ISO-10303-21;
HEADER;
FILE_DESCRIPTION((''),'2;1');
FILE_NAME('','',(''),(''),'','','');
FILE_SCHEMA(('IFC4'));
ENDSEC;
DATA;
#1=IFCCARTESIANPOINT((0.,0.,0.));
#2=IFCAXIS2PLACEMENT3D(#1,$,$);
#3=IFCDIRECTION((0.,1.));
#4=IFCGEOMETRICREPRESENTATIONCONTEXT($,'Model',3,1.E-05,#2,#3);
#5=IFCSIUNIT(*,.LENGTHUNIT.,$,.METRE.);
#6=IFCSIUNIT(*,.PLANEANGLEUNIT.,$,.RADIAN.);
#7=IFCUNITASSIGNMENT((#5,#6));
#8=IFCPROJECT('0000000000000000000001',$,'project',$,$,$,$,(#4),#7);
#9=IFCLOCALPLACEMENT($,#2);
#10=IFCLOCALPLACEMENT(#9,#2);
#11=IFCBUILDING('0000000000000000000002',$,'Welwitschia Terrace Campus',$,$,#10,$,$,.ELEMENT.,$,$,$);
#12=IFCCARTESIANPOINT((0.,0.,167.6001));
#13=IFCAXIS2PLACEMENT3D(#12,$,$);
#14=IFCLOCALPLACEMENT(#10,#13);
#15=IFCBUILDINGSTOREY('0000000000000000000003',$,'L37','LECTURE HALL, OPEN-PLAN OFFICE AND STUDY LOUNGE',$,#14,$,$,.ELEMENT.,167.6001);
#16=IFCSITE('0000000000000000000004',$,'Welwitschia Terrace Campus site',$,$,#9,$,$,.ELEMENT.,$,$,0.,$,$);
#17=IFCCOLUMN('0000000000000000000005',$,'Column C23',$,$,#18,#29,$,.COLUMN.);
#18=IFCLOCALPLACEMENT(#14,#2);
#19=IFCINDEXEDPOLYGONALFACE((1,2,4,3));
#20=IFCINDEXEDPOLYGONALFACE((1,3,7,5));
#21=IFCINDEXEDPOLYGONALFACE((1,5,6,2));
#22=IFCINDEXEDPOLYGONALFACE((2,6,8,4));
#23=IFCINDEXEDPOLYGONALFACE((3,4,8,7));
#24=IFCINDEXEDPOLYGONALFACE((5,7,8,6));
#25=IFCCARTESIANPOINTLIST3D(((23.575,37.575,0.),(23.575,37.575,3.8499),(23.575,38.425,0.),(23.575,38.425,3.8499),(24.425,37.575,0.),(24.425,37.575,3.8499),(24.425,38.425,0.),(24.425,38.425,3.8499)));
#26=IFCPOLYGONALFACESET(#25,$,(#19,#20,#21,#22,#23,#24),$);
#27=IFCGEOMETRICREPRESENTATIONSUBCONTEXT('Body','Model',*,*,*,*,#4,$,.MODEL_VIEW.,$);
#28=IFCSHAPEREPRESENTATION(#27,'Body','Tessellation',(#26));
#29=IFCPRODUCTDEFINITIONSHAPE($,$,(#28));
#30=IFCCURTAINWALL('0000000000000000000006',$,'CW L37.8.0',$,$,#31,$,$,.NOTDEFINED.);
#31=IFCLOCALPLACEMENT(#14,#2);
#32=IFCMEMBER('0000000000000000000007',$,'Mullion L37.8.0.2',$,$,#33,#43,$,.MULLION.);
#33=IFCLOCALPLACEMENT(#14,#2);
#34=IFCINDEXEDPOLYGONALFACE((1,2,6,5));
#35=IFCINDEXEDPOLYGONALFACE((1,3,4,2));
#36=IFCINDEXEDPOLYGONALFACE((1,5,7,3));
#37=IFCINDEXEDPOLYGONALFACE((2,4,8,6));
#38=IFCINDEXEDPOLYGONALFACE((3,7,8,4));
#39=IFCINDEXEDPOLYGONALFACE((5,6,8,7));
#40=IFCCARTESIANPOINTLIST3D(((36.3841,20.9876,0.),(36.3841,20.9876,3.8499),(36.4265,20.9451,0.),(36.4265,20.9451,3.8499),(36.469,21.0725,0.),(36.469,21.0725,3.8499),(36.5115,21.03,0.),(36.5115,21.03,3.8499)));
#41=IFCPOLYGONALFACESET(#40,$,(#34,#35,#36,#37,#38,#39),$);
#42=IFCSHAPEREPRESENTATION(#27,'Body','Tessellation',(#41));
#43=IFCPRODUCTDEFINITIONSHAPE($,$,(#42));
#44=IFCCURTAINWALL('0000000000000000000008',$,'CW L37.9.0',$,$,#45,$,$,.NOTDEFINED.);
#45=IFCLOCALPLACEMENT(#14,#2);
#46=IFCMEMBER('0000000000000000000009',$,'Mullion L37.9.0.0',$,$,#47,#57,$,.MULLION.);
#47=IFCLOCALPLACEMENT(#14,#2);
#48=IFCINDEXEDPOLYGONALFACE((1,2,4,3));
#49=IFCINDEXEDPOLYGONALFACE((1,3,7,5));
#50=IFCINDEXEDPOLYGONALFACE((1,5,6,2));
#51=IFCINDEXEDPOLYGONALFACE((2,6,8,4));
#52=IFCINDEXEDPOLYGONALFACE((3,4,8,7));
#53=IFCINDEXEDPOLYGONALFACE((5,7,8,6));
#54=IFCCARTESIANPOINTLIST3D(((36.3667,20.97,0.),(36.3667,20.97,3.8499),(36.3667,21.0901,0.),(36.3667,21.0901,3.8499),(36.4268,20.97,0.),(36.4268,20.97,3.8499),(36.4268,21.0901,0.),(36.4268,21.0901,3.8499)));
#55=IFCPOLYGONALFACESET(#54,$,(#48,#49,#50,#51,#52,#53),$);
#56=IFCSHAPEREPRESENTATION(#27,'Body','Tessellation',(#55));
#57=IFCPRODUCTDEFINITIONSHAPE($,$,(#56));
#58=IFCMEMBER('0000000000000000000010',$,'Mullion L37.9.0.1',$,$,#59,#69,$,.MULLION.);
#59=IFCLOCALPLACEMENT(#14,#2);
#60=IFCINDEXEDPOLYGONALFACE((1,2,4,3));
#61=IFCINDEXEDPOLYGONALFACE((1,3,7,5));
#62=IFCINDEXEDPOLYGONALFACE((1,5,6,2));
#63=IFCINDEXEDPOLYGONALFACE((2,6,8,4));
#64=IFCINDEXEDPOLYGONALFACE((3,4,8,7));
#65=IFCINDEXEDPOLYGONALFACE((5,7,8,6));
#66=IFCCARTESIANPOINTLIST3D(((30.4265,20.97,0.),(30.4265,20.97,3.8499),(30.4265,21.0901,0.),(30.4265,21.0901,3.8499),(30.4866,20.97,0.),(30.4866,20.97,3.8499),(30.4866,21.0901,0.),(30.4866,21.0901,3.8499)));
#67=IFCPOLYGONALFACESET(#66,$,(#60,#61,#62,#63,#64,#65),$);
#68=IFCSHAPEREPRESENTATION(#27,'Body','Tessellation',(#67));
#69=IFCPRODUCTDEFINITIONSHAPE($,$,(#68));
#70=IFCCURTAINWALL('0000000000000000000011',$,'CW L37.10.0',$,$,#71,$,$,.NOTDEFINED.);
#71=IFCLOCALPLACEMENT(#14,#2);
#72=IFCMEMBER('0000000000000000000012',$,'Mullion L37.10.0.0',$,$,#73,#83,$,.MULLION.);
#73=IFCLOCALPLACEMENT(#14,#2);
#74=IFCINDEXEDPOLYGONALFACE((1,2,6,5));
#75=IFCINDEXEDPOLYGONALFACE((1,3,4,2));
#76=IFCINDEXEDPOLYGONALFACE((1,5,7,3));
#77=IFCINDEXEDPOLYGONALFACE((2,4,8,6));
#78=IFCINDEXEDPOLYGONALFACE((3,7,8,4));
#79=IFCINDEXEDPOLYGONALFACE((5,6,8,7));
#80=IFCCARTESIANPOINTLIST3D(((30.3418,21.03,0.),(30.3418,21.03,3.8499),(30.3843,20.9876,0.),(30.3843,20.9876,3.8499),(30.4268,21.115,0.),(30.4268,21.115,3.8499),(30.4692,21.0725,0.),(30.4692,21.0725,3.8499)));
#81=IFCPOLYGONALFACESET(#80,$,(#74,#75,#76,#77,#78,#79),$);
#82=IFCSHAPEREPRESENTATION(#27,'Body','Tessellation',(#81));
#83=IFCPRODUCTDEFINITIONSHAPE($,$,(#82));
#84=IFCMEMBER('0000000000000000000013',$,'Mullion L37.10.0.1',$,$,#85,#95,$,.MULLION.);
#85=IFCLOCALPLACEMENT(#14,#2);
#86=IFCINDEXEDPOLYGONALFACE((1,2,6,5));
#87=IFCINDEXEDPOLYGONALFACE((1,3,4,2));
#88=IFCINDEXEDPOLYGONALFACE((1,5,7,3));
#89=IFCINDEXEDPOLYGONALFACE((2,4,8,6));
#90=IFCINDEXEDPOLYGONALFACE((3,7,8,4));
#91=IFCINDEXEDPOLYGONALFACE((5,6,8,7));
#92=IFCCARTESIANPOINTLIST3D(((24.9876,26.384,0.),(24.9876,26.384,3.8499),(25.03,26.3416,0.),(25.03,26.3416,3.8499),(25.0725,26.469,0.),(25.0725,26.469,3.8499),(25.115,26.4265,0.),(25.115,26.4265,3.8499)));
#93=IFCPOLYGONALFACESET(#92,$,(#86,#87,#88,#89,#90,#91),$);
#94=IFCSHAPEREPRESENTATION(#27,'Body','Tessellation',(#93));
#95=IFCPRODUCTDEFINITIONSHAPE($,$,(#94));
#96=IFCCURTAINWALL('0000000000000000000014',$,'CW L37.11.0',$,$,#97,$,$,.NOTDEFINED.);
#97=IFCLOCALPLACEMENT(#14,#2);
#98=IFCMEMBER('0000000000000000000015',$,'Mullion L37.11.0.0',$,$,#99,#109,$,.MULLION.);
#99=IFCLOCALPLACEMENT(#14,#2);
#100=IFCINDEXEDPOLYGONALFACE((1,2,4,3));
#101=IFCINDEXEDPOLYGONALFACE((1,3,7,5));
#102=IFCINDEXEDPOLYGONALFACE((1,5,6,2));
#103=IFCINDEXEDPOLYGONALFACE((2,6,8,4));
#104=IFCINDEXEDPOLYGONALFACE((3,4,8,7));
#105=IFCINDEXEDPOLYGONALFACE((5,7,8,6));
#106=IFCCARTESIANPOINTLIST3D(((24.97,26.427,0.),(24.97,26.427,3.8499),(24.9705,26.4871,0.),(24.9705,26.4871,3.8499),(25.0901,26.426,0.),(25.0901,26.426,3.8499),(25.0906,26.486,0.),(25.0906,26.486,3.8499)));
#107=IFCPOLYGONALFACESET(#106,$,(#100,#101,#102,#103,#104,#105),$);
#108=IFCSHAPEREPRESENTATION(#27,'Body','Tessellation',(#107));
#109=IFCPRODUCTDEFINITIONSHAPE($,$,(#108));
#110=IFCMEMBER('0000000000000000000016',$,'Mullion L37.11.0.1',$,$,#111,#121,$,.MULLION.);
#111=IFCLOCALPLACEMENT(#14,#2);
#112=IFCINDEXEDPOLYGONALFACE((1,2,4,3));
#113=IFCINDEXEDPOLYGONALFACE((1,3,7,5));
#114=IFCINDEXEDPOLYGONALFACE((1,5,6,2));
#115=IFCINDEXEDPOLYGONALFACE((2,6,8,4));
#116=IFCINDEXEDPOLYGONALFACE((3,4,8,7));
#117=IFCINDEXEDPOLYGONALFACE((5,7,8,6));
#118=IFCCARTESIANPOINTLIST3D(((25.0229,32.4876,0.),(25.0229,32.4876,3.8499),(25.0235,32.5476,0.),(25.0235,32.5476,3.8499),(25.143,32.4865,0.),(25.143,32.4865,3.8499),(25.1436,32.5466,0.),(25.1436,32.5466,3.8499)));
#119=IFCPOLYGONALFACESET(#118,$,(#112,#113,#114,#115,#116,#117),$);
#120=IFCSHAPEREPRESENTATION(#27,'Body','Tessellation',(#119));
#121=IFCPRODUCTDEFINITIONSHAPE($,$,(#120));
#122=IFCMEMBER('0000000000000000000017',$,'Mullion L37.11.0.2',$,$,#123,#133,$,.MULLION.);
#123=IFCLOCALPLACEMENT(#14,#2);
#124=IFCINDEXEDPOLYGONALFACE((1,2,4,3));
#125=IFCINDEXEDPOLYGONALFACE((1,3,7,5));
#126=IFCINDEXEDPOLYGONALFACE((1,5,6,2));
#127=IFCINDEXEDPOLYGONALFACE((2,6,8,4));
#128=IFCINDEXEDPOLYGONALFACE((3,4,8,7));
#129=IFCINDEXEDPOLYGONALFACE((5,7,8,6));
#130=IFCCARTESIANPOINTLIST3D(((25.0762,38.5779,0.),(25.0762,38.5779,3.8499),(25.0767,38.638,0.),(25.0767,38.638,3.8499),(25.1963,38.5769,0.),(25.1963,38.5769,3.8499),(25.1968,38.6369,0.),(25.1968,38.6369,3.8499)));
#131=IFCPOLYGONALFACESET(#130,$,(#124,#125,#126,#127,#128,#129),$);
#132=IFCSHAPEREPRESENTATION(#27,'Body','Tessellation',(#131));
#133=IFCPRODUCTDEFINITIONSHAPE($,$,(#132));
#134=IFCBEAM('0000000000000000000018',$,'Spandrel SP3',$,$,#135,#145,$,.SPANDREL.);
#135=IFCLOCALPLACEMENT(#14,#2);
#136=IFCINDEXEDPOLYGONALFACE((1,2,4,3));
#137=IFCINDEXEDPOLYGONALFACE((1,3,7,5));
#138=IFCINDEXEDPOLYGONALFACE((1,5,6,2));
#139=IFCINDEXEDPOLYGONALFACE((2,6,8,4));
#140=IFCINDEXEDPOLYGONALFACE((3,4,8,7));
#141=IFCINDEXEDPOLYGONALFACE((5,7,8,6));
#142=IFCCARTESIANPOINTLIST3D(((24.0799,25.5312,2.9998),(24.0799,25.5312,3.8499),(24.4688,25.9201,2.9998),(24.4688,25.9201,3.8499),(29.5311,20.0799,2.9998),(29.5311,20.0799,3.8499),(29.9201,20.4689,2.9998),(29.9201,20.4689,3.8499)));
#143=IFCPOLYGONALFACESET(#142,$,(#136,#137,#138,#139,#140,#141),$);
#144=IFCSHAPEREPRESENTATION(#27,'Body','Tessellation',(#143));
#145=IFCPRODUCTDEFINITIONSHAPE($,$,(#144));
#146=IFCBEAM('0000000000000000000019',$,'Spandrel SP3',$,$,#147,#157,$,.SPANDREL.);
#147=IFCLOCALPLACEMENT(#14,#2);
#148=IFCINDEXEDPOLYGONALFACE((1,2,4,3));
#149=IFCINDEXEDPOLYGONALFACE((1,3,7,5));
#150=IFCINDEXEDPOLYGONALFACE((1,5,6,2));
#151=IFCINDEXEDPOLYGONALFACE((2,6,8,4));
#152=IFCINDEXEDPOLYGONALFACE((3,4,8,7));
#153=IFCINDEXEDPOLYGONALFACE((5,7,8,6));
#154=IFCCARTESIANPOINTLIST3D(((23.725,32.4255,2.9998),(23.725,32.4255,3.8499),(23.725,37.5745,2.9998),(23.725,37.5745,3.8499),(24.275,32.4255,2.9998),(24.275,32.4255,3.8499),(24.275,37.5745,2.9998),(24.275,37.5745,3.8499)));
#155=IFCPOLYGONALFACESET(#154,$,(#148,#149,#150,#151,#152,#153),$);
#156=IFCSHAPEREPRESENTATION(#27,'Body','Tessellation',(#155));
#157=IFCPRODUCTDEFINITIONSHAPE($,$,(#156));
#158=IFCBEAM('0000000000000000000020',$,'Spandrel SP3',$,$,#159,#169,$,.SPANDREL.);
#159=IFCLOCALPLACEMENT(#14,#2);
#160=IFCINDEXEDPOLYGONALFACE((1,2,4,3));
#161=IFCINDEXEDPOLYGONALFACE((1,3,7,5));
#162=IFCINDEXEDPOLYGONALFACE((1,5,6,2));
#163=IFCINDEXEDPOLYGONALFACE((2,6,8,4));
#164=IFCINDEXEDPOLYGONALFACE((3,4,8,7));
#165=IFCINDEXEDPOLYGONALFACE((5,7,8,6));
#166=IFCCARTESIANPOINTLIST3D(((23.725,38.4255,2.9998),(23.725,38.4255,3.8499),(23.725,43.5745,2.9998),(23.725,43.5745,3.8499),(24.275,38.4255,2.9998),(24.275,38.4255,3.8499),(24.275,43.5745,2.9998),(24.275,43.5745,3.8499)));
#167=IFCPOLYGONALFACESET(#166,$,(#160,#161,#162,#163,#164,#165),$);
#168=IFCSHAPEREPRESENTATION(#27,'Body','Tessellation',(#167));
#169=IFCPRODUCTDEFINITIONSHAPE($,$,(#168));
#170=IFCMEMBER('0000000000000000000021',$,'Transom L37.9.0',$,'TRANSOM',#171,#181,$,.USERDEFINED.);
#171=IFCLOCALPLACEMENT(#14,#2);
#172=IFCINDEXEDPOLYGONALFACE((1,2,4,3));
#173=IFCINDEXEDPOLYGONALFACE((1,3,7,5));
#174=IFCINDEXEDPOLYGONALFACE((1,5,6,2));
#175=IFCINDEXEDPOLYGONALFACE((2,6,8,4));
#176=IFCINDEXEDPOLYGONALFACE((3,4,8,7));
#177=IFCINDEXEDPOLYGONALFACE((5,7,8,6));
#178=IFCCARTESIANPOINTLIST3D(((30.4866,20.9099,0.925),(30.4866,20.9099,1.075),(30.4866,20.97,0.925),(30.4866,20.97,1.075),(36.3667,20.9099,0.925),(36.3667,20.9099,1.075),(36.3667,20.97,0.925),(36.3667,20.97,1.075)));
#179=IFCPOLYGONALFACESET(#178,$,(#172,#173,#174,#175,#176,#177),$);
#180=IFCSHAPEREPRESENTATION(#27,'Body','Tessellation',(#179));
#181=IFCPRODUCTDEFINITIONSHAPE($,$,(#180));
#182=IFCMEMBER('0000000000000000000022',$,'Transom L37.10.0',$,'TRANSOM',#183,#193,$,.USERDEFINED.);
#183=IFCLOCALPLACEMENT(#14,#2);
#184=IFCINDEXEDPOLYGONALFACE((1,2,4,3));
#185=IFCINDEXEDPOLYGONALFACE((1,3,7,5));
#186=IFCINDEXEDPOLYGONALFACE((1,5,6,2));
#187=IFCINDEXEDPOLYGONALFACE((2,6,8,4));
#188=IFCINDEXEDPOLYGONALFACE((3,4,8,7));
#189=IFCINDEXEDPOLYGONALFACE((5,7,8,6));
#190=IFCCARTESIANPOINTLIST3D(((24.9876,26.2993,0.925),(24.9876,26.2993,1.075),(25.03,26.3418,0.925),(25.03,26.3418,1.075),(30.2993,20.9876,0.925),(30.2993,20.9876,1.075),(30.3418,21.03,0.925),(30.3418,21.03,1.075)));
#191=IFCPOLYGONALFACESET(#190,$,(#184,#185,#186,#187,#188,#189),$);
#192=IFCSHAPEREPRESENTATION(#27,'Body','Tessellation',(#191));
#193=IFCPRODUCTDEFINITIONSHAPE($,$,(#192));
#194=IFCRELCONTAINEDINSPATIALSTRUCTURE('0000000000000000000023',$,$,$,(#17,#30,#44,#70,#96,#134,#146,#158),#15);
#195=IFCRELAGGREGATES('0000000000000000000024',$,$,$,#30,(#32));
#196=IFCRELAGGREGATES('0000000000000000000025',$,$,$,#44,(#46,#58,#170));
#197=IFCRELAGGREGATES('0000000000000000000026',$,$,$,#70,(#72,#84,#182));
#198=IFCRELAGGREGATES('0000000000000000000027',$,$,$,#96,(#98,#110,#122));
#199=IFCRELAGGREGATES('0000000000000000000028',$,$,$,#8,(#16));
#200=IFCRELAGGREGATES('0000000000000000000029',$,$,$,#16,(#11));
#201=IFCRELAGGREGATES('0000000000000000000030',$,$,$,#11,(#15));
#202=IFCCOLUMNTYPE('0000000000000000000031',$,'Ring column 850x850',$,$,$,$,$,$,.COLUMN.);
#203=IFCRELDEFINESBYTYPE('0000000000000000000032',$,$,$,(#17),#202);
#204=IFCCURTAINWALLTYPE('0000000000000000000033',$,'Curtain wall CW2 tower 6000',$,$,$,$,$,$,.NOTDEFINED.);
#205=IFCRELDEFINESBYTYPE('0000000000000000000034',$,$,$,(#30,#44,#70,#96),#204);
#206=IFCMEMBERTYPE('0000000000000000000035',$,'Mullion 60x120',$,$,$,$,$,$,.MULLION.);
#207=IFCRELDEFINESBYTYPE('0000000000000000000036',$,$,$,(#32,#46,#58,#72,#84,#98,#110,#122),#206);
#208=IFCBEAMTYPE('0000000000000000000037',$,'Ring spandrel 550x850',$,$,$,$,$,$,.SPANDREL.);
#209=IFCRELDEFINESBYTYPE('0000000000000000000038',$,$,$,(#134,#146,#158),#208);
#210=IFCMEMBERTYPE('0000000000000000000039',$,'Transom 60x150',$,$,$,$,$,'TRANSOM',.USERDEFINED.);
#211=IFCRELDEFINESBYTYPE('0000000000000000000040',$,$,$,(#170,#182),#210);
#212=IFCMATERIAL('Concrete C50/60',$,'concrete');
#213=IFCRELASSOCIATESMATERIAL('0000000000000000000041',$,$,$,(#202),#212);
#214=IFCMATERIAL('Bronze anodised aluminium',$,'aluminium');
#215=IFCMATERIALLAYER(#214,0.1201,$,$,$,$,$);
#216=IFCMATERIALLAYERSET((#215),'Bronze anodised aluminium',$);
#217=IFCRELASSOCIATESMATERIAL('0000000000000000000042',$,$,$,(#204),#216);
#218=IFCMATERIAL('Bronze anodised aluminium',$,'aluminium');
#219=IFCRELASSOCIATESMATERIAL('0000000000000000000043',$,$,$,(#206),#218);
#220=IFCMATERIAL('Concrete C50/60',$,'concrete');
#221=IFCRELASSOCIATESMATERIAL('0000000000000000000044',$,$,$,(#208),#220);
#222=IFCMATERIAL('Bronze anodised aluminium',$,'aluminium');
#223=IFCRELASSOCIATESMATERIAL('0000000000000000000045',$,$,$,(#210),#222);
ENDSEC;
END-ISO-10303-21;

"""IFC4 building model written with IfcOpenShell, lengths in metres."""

from ifc_helpers import new_model, si_unit, direction, frame, origin, origin_2d, place, context, subcontext, project, spatial, rectangle, extrude, material, layer, layer_set, material_profile, profile_set, type_object, element, aggregate, save


model = new_model("IFC4")

# Units and contexts
model_context = context("Model", 3, precision=1e-05, world=origin(), true_north=direction((0.0, 1.0)))
body_context = subcontext(model_context, "Body", "Model", "MODEL_VIEW")
ifc_project = project(units=[si_unit("LENGTHUNIT", "METRE"), si_unit("PLANEANGLEUNIT", "RADIAN")], contexts=[model_context])

# Site, building, storey
site_placement = place(None, origin())
site = spatial("IfcSite", under=ifc_project, at=site_placement, Name="Welwitschia Terrace Campus site", CompositionType="ELEMENT", RefElevation=0.0)
building_placement = place(site_placement, origin())
building = spatial("IfcBuilding", under=site, at=building_placement, Name="Welwitschia Terrace Campus", CompositionType="ELEMENT")
storey_placement = place(building_placement, frame((0.0, 0.0, 167.6001)))
storey = spatial("IfcBuildingStorey", under=building, at=storey_placement, Name="L37", Description="LECTURE HALL, OPEN-PLAN OFFICE AND STUDY LOUNGE", CompositionType="ELEMENT", Elevation=167.6001)

# Column
ifc_material_1 = material(Name="Concrete C50/60", Category="concrete")
ifc_material_profile_1 = material_profile(ifc_material_1, rectangle(XDim=0.8501, YDim=0.8501, at=origin_2d()))
ifc_profile_set_1 = profile_set([ifc_material_profile_1], Name="Concrete C50/60")
column_type = type_object("IfcColumnType", Name="Ring column 850x850", PredefinedType="COLUMN", material=ifc_profile_set_1)
column_placement = place(storey_placement, frame((24.0, 38.0, 0.0), z_axis=(0.0, 0.0, 1.0), x_axis=(1.0, 0.0, 0.0)))
element("IfcColumn", 1, at=column_placement, inside=storey, type_object=column_type, Name="Column C23", PredefinedType="COLUMN", context=body_context, shape_type="SweptSolid", body=[
    extrude(rectangle(XDim=0.8501, YDim=0.8501, at=origin_2d()), origin(), (0.0, 0.0, 1.0), 3.8499),
])

# Curtain wall, member
ifc_material_2 = material(Name="Bronze anodised aluminium", Category="aluminium")
ifc_layer_1 = layer(ifc_material_2, 0.1201)
ifc_layer_set_1 = layer_set([ifc_layer_1], Name="Bronze anodised aluminium")
curtain_wall_type = type_object("IfcCurtainWallType", Name="Curtain wall CW2 tower 6000", PredefinedType="NOTDEFINED", material=ifc_layer_set_1)
curtain_wall_1_placement = place(storey_placement, origin())
curtain_wall_1 = element("IfcCurtainWall", 2, at=curtain_wall_1_placement, inside=storey, type_object=curtain_wall_type, Name="CW L37.8.0", PredefinedType="NOTDEFINED")
ifc_material_3 = material(Name="Bronze anodised aluminium", Category="aluminium")
ifc_material_profile_2 = material_profile(ifc_material_3, rectangle(XDim=0.1201, YDim=0.0601, at=origin_2d()))
ifc_profile_set_2 = profile_set([ifc_material_profile_2], Name="Bronze anodised aluminium")
member_type_1 = type_object("IfcMemberType", Name="Mullion 60x120", PredefinedType="MULLION", material=ifc_profile_set_2)
member_1_placement = place(storey_placement, frame((36.4478, 21.0088, 0.0), z_axis=(0.0, 0.0, 1.0), x_axis=(-0.707107, -0.707107, 0.0)))
member_1 = element("IfcMember", 3, at=member_1_placement, type_object=member_type_1, Name="Mullion L37.8.0.2", PredefinedType="MULLION", context=body_context, shape_type="SweptSolid", body=[
    extrude(rectangle(XDim=0.1201, YDim=0.0601, at=origin_2d()), origin(), (0.0, 0.0, 1.0), 3.8499),
])
aggregate(curtain_wall_1, [member_1])

# Curtain walls, members
curtain_wall_2_placement = place(storey_placement, origin())
curtain_wall_2 = element("IfcCurtainWall", 4, at=curtain_wall_2_placement, inside=storey, type_object=curtain_wall_type, Name="CW L37.9.0", PredefinedType="NOTDEFINED")
member_2_placement = place(storey_placement, frame((36.3967, 21.03, 0.0), z_axis=(0.0, 0.0, 1.0), x_axis=(0.0, -1.0, 0.0)))
member_2 = element("IfcMember", 5, at=member_2_placement, type_object=member_type_1, Name="Mullion L37.9.0.0", PredefinedType="MULLION", context=body_context, shape_type="SweptSolid", body=[
    extrude(rectangle(XDim=0.1201, YDim=0.0601, at=origin_2d()), origin(), (0.0, 0.0, 1.0), 3.8499),
])
member_3_placement = place(storey_placement, frame((30.4565, 21.03, 0.0), z_axis=(0.0, 0.0, 1.0), x_axis=(0.0, -1.0, 0.0)))
member_3 = element("IfcMember", 6, at=member_3_placement, type_object=member_type_1, Name="Mullion L37.9.0.1", PredefinedType="MULLION", context=body_context, shape_type="SweptSolid", body=[
    extrude(rectangle(XDim=0.1201, YDim=0.0601, at=origin_2d()), origin(), (0.0, 0.0, 1.0), 3.8499),
])
curtain_wall_3_placement = place(storey_placement, origin())
curtain_wall_3 = element("IfcCurtainWall", 7, at=curtain_wall_3_placement, inside=storey, type_object=curtain_wall_type, Name="CW L37.10.0", PredefinedType="NOTDEFINED")
member_4_placement = place(storey_placement, frame((30.4055, 21.0513, 0.0), z_axis=(0.0, 0.0, 1.0), x_axis=(-0.707107, -0.707107, 0.0)))
member_4 = element("IfcMember", 8, at=member_4_placement, type_object=member_type_1, Name="Mullion L37.10.0.0", PredefinedType="MULLION", context=body_context, shape_type="SweptSolid", body=[
    extrude(rectangle(XDim=0.1201, YDim=0.0601, at=origin_2d()), origin(), (0.0, 0.0, 1.0), 3.8499),
])
member_5_placement = place(storey_placement, frame((25.0513, 26.4053, 0.0), z_axis=(0.0, 0.0, 1.0), x_axis=(-0.707107, -0.707107, 0.0)))
member_5 = element("IfcMember", 9, at=member_5_placement, type_object=member_type_1, Name="Mullion L37.10.0.1", PredefinedType="MULLION", context=body_context, shape_type="SweptSolid", body=[
    extrude(rectangle(XDim=0.1201, YDim=0.0601, at=origin_2d()), origin(), (0.0, 0.0, 1.0), 3.8499),
])
curtain_wall_4_placement = place(storey_placement, origin())
curtain_wall_4 = element("IfcCurtainWall", 10, at=curtain_wall_4_placement, inside=storey, type_object=curtain_wall_type, Name="CW L37.11.0", PredefinedType="NOTDEFINED")
member_6_placement = place(storey_placement, frame((25.0303, 26.4565, 0.0), z_axis=(0.0, 0.0, 1.0), x_axis=(-0.999962, 0.008727, 0.0)))
member_6 = element("IfcMember", 11, at=member_6_placement, type_object=member_type_1, Name="Mullion L37.11.0.0", PredefinedType="MULLION", context=body_context, shape_type="SweptSolid", body=[
    extrude(rectangle(XDim=0.1201, YDim=0.0601, at=origin_2d()), origin(), (0.0, 0.0, 1.0), 3.8499),
])
member_7_placement = place(storey_placement, frame((25.0833, 32.5171, 0.0), z_axis=(0.0, 0.0, 1.0), x_axis=(-0.999962, 0.008727, 0.0)))
member_7 = element("IfcMember", 12, at=member_7_placement, type_object=member_type_1, Name="Mullion L37.11.0.1", PredefinedType="MULLION", context=body_context, shape_type="SweptSolid", body=[
    extrude(rectangle(XDim=0.1201, YDim=0.0601, at=origin_2d()), origin(), (0.0, 0.0, 1.0), 3.8499),
])
member_8_placement = place(storey_placement, frame((25.1365, 38.6074, 0.0), z_axis=(0.0, 0.0, 1.0), x_axis=(-0.999962, 0.008727, 0.0)))
member_8 = element("IfcMember", 13, at=member_8_placement, type_object=member_type_1, Name="Mullion L37.11.0.2", PredefinedType="MULLION", context=body_context, shape_type="SweptSolid", body=[
    extrude(rectangle(XDim=0.1201, YDim=0.0601, at=origin_2d()), origin(), (0.0, 0.0, 1.0), 3.8499),
])

# Beams
ifc_material_4 = material(Name="Concrete C50/60", Category="concrete")
ifc_material_profile_3 = material_profile(ifc_material_4, rectangle(XDim=0.55, YDim=0.8501, at=origin_2d()))
ifc_profile_set_3 = profile_set([ifc_material_profile_3], Name="Concrete C50/60")
beam_type = type_object("IfcBeamType", Name="Ring spandrel 550x850", PredefinedType="SPANDREL", material=ifc_profile_set_3)
beam_placement = place(storey_placement, frame((29.7256, 20.2744, 3.4248), z_axis=(-0.707107, 0.707107, 0.0), x_axis=(-0.707107, -0.707107, 0.0)))
element("IfcBeam", 14, at=beam_placement, inside=storey, type_object=beam_type, Name="Spandrel SP3", PredefinedType="SPANDREL", context=body_context, shape_type="SweptSolid", body=[
    extrude(rectangle(XDim=0.55, YDim=0.8501, at=origin_2d()), origin(), (0.0, 0.0, 1.0), 7.7092),
])
for number, where, z_axis, x_axis, name in (
    (15, (24.0, 32.4255, 3.4248), (0.0, 1.0, 0.0), (-1.0, 0.0, 0.0), "Spandrel SP3"),
    (16, (24.0, 38.4255, 3.4248), (0.0, 1.0, 0.0), (-1.0, 0.0, 0.0), "Spandrel SP3"),
):
    element("IfcBeam", number, at=place(storey_placement, frame(where, z_axis=z_axis, x_axis=x_axis)), inside=storey, type_object=beam_type, Name=name, PredefinedType="SPANDREL", context=body_context, shape_type="SweptSolid", body=[
        extrude(rectangle(XDim=0.55, YDim=0.8501, at=origin_2d()), origin(), (0.0, 0.0, 1.0), 5.1489),
    ])

# Members
ifc_material_5 = material(Name="Bronze anodised aluminium", Category="aluminium")
ifc_material_profile_4 = material_profile(ifc_material_5, rectangle(XDim=0.0601, YDim=0.1499, at=origin_2d()))
ifc_profile_set_4 = profile_set([ifc_material_profile_4], Name="Bronze anodised aluminium")
member_type_2 = type_object("IfcMemberType", Name="Transom 60x150", ElementType="TRANSOM", PredefinedType="USERDEFINED", material=ifc_profile_set_4)
member_9_placement = place(storey_placement, frame((36.3667, 20.9399, 1.0), z_axis=(-1.0, 0.0, 0.0), x_axis=(0.0, -1.0, 0.0)))
member_9 = element("IfcMember", 17, at=member_9_placement, type_object=member_type_2, Name="Transom L37.9.0", ObjectType="TRANSOM", PredefinedType="USERDEFINED", context=body_context, shape_type="SweptSolid", body=[
    extrude(rectangle(XDim=0.0601, YDim=0.1499, at=origin_2d()), origin(), (0.0, 0.0, 1.0), 5.8801),
])
member_10_placement = place(storey_placement, frame((30.3206, 21.0088, 1.0), z_axis=(-0.707107, 0.707107, 0.0), x_axis=(-0.707107, -0.707107, 0.0)))
member_10 = element("IfcMember", 18, at=member_10_placement, type_object=member_type_2, Name="Transom L37.10.0", ObjectType="TRANSOM", PredefinedType="USERDEFINED", context=body_context, shape_type="SweptSolid", body=[
    extrude(rectangle(XDim=0.0601, YDim=0.1499, at=origin_2d()), origin(), (0.0, 0.0, 1.0), 7.512),
])

aggregate(curtain_wall_2, [member_2, member_3, member_9])
aggregate(curtain_wall_3, [member_4, member_5, member_10])
aggregate(curtain_wall_4, [member_6, member_7, member_8])

save(model, "model.ifc")
